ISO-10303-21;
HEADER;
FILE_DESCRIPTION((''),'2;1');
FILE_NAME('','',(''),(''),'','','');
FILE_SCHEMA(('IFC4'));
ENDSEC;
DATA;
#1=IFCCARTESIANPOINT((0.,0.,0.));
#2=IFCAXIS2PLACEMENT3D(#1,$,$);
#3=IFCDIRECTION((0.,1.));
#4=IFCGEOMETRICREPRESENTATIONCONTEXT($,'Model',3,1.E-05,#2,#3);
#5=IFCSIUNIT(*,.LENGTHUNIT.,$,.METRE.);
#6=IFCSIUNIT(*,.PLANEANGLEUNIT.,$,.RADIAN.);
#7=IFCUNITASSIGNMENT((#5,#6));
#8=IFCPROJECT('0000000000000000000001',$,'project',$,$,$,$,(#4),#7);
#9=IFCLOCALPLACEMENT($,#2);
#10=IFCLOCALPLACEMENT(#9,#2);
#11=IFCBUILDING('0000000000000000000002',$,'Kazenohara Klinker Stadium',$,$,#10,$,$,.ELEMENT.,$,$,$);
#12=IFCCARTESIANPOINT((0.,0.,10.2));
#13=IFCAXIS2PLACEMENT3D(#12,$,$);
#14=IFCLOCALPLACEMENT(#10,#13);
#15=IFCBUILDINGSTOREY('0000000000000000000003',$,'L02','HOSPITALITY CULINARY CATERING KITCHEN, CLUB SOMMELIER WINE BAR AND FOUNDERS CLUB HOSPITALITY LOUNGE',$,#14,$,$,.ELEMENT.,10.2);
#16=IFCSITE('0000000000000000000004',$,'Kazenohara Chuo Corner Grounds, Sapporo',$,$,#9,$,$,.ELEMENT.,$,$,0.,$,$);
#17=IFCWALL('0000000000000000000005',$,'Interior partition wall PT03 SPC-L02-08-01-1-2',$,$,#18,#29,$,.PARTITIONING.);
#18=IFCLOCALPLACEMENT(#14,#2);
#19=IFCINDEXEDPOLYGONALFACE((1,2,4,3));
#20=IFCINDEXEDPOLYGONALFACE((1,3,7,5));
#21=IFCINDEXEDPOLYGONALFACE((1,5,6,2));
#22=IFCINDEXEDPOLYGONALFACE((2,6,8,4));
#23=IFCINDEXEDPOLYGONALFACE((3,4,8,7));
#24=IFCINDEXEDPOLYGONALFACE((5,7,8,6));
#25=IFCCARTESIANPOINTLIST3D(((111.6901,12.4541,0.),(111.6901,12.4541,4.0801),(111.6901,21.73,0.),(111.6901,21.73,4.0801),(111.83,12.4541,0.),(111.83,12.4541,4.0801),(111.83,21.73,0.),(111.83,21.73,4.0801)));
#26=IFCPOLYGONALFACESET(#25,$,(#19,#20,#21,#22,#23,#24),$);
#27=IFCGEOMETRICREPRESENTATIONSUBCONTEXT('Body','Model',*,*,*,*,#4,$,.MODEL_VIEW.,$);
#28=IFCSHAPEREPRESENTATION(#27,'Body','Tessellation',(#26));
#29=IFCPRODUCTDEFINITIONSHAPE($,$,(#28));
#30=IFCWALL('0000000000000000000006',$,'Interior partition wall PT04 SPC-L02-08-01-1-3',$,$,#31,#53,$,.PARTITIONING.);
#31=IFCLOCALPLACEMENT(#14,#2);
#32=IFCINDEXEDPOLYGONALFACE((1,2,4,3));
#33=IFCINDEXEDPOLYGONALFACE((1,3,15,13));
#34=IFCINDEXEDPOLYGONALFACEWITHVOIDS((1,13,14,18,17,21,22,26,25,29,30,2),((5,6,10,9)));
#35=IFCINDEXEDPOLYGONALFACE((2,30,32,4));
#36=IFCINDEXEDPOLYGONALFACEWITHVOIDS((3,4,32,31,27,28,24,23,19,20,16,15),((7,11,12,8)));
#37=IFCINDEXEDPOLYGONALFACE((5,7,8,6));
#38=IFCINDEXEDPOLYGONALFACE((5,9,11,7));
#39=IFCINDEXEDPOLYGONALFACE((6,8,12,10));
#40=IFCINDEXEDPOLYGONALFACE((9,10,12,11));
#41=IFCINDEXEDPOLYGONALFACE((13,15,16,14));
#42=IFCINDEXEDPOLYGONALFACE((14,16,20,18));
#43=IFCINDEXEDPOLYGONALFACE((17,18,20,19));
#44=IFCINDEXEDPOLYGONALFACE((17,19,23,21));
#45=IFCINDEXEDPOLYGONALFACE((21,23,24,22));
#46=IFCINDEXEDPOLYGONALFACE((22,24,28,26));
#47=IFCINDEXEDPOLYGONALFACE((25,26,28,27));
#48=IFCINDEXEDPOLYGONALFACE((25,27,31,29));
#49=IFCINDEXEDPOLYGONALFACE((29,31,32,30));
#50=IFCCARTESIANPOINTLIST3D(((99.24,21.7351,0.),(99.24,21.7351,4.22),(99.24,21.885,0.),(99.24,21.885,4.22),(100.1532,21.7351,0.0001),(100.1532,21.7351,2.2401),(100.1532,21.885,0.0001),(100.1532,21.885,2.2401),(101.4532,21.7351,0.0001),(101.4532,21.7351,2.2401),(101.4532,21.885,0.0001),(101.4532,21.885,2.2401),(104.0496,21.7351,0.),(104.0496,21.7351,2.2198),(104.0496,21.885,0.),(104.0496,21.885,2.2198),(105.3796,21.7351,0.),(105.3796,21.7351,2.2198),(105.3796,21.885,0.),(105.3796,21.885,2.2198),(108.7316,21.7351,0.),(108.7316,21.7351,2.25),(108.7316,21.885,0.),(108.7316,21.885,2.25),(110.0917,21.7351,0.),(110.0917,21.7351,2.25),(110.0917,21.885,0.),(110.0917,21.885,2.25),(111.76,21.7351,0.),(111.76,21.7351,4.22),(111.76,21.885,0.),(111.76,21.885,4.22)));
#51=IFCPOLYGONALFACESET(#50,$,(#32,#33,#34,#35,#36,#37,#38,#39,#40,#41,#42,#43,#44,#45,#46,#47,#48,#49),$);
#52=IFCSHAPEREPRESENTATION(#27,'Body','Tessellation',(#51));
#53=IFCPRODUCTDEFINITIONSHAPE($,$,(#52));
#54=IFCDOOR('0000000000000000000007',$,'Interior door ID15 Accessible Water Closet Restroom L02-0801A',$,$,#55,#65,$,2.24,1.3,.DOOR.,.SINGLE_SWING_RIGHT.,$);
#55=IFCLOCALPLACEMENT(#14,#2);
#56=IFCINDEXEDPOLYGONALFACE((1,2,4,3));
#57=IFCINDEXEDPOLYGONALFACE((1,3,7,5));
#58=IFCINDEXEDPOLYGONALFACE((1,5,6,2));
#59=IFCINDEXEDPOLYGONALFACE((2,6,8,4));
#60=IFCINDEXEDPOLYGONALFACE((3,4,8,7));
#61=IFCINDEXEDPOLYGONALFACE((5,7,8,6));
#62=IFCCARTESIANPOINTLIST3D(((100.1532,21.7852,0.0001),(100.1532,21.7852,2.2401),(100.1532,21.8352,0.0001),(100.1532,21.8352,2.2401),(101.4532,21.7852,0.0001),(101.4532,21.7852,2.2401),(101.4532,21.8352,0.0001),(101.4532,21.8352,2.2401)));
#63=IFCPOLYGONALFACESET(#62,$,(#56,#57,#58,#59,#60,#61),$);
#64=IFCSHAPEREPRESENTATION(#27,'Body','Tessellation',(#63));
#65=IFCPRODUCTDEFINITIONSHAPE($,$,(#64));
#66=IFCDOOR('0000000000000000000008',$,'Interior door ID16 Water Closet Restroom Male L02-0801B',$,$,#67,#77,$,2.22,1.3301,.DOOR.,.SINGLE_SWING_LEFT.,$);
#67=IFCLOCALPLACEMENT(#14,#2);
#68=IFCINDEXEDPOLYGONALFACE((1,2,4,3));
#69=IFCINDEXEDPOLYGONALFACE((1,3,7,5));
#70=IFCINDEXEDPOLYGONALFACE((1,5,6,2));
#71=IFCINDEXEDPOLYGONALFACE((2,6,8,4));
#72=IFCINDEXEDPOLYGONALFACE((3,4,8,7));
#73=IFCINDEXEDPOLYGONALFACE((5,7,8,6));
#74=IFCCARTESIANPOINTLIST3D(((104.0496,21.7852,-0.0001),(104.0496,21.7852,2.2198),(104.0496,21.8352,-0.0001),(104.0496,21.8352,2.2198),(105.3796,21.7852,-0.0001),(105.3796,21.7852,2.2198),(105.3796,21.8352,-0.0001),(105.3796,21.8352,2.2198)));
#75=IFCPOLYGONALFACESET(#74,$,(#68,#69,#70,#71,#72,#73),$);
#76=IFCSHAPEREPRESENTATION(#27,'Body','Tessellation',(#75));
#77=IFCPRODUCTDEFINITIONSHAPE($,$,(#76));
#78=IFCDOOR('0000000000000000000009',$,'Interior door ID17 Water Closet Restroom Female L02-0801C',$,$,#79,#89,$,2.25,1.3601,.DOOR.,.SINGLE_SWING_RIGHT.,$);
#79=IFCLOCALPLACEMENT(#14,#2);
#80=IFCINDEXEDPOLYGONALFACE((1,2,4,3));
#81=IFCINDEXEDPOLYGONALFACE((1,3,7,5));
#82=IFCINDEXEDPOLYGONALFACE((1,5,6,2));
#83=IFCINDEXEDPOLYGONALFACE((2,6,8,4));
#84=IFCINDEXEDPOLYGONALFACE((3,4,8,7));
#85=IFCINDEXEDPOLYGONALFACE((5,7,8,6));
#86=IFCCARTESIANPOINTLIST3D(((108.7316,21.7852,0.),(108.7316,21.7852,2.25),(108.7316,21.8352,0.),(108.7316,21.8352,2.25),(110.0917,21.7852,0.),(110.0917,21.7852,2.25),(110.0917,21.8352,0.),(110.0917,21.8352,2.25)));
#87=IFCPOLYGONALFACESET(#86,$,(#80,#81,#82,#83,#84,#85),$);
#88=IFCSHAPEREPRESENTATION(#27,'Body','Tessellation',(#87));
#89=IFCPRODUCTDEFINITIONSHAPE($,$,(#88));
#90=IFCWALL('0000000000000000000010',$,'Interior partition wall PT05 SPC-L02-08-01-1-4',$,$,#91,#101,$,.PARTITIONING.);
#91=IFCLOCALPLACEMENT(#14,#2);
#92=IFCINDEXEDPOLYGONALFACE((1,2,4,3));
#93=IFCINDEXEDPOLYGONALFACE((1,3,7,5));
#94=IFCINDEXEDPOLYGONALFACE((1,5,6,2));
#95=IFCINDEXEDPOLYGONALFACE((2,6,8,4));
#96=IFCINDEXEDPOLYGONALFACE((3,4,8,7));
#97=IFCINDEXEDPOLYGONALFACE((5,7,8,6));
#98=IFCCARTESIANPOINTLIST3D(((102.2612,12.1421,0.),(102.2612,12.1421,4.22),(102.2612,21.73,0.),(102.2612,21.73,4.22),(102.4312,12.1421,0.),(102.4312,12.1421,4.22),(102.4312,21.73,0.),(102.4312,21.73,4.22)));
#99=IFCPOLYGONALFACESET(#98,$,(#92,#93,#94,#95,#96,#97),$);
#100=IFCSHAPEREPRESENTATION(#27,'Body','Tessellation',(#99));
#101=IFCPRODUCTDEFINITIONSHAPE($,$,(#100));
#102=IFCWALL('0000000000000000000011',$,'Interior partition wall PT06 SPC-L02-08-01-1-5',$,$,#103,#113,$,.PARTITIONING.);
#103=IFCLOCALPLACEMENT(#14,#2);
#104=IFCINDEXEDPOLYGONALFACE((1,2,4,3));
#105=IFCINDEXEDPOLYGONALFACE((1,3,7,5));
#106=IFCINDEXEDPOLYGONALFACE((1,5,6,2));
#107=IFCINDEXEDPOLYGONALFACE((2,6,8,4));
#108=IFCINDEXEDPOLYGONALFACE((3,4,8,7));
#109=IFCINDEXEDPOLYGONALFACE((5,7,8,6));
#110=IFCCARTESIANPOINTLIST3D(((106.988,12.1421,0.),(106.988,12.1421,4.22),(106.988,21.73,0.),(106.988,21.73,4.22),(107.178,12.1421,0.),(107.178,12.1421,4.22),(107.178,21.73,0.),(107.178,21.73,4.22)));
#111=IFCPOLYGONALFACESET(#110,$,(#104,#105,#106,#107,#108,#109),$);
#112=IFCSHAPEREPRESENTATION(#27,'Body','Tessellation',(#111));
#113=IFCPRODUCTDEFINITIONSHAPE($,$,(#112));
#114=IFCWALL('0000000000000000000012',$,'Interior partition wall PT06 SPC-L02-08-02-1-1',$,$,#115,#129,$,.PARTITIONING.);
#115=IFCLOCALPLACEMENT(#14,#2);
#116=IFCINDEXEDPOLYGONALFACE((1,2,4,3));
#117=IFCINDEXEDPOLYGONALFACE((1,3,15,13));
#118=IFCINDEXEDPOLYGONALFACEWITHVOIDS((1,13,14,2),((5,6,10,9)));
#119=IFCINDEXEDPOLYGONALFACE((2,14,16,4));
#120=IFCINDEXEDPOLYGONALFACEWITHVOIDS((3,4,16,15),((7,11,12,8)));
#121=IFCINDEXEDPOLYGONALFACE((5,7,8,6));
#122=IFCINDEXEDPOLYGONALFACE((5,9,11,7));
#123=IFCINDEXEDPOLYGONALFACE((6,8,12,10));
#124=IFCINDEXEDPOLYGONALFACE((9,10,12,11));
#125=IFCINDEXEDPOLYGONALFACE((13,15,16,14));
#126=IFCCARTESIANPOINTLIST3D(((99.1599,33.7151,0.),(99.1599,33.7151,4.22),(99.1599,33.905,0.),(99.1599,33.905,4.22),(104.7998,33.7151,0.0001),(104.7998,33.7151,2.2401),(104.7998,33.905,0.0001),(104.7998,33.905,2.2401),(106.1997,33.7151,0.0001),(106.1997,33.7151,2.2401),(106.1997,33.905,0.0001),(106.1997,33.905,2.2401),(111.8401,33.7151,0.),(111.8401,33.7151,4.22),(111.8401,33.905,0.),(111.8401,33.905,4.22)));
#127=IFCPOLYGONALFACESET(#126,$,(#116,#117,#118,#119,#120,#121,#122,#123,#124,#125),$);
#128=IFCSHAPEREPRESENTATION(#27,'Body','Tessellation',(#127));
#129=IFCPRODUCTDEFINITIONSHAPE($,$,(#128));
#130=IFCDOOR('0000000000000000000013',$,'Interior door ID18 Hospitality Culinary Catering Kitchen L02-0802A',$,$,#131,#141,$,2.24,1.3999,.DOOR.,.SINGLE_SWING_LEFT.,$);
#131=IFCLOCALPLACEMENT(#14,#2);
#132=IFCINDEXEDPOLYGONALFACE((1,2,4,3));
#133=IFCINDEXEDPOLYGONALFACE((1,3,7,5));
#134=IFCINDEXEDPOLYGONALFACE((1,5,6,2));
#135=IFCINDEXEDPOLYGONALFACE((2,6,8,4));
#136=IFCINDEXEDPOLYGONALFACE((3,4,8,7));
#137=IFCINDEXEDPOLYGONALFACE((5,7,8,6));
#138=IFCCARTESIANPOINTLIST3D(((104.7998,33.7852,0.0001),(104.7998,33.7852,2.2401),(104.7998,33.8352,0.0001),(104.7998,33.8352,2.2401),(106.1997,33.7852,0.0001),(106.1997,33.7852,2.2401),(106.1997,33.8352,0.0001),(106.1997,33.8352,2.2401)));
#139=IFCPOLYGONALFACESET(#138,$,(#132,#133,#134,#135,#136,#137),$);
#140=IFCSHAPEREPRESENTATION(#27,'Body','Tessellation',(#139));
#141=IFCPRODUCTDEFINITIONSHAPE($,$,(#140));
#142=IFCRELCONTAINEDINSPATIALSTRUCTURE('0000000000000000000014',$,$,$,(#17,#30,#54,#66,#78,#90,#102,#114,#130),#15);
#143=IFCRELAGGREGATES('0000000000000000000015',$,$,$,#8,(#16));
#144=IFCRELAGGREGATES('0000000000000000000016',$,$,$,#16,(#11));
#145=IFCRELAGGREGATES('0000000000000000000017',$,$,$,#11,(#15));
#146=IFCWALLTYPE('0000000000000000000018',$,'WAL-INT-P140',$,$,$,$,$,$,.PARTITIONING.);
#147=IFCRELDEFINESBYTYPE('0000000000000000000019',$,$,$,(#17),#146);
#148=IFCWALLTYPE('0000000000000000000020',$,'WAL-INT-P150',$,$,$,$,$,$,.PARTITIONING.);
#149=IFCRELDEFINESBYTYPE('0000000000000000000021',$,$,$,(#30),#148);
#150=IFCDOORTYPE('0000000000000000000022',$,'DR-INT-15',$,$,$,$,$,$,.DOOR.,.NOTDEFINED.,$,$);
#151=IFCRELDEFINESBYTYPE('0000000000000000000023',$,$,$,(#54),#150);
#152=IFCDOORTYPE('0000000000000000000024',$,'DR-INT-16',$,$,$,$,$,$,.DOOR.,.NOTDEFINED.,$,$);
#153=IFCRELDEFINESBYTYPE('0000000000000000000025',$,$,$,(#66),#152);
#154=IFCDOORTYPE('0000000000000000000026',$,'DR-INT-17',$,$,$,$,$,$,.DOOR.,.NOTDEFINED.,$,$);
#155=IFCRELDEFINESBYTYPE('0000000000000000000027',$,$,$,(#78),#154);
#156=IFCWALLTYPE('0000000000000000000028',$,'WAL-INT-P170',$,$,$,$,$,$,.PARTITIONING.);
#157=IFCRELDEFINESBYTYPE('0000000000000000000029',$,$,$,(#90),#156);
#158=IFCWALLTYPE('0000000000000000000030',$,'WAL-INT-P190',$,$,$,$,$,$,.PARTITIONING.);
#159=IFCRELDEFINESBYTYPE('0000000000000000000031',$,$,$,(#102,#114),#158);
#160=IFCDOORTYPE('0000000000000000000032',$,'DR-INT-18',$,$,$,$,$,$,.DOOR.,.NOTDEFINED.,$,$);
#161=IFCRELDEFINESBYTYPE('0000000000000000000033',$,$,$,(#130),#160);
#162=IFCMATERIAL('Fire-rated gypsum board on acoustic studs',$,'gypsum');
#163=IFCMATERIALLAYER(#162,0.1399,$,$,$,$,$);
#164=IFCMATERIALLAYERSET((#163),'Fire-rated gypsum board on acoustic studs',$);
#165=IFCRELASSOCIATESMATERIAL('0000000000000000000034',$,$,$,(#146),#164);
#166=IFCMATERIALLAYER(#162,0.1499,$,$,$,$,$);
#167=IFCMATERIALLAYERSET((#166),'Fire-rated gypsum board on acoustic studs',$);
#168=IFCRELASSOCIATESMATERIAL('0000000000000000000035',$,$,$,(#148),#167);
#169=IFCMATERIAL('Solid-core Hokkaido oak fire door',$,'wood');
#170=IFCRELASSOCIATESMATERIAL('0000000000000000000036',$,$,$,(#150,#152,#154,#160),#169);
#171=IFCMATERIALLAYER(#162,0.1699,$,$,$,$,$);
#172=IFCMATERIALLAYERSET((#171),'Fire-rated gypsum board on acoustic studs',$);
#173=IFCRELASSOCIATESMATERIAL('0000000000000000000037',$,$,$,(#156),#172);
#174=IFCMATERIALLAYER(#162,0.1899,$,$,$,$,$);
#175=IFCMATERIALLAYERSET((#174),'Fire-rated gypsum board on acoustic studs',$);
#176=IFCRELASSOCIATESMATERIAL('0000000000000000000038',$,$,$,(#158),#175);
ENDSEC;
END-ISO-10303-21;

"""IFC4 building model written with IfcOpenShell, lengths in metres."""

from ifc_helpers import new_model, si_unit, direction, frame, frame_2d, origin, place, context, subcontext, project, spatial, rectangle, extrude, material, layer, layer_set, type_object, element, fill, save


model = new_model("IFC4")

# Units and contexts
model_context = context("Model", 3, precision=1e-05, world=origin(), true_north=direction((0.0, 1.0)))
body_context = subcontext(model_context, "Body", "Model", "MODEL_VIEW")
ifc_project = project(units=[si_unit("LENGTHUNIT", "METRE"), si_unit("PLANEANGLEUNIT", "RADIAN")], contexts=[model_context])

# Site, building, storey
site_placement = place(None, origin())
site = spatial("IfcSite", under=ifc_project, at=site_placement, Name="Kazenohara Chuo Corner Grounds, Sapporo", CompositionType="ELEMENT", RefElevation=0.0)
building_placement = place(site_placement, origin())
building = spatial("IfcBuilding", under=site, at=building_placement, Name="Kazenohara Klinker Stadium", CompositionType="ELEMENT")
storey_placement = place(building_placement, frame((0.0, 0.0, 10.2)))
storey = spatial("IfcBuildingStorey", under=building, at=storey_placement, Name="L02", Description="HOSPITALITY CULINARY CATERING KITCHEN, CLUB SOMMELIER WINE BAR AND FOUNDERS CLUB HOSPITALITY LOUNGE", CompositionType="ELEMENT", Elevation=10.2)

# Wall
ifc_material_1 = material(Name="Fire-rated gypsum board on acoustic studs", Category="gypsum")
ifc_layer_1 = layer(ifc_material_1, 0.1399)
ifc_layer_set_1 = layer_set([ifc_layer_1], Name="Fire-rated gypsum board on acoustic studs")
wall_type_1 = type_object("IfcWallType", Name="WAL-INT-P140", PredefinedType="PARTITIONING", material=ifc_layer_set_1)
wall_1_placement = place(storey_placement, frame((111.76, 12.4541, 0.0), z_axis=(0.0, 0.0, 1.0), x_axis=(0.0, 1.0, 0.0)))
element("IfcWall", 1, at=wall_1_placement, inside=storey, type_object=wall_type_1, Name="Interior partition wall PT03 SPC-L02-08-01-1-2", PredefinedType="PARTITIONING", context=body_context, shape_type="SweptSolid", body=[
    extrude(rectangle(XDim=9.2759, YDim=0.1399, at=frame_2d((4.6379, 0.0))), origin(), (0.0, 0.0, 1.0), 4.0801),
])

# Wall, openings, doors
ifc_layer_2 = layer(ifc_material_1, 0.1499)
ifc_layer_set_2 = layer_set([ifc_layer_2], Name="Fire-rated gypsum board on acoustic studs")
wall_type_2 = type_object("IfcWallType", Name="WAL-INT-P150", PredefinedType="PARTITIONING", material=ifc_layer_set_2)
wall_2_placement = place(storey_placement, frame((99.24, 21.8101, 0.0), z_axis=(0.0, 0.0, 1.0), x_axis=(1.0, 0.0, 0.0)))
wall_2 = element("IfcWall", 2, at=wall_2_placement, inside=storey, type_object=wall_type_2, Name="Interior partition wall PT04 SPC-L02-08-01-1-3", PredefinedType="PARTITIONING", context=body_context, shape_type="SweptSolid", body=[
    extrude(rectangle(XDim=12.52, YDim=0.1499, at=frame_2d((6.26, 0.0))), origin(), (0.0, 0.0, 1.0), 4.22),
])
opening_1_placement = place(wall_2_placement, frame((2.2131, 0.0, 0.0), z_axis=(0.0, 0.0, 1.0), x_axis=(-1.0, 0.0, 0.0)))
opening_1 = element("IfcOpeningElement", 3, at=opening_1_placement, cuts=wall_2, PredefinedType="OPENING", context=body_context, shape_type="SweptSolid", body=[
    extrude(rectangle(XDim=1.3, YDim=2.24, at=frame_2d((0.6499, 1.1201))), frame((0.0, 0.085, 0.0), z_axis=(0.0, -1.0, 0.0), x_axis=(1.0, 0.0, 0.0)), (0.0, 0.0, 1.0), 0.1699),
])
opening_2_placement = place(wall_2_placement, frame((6.1396, 0.0, 0.0), z_axis=(0.0, 0.0, 1.0), x_axis=(-1.0, 0.0, 0.0)))
opening_2 = element("IfcOpeningElement", 4, at=opening_2_placement, cuts=wall_2, PredefinedType="OPENING", context=body_context, shape_type="SweptSolid", body=[
    extrude(rectangle(XDim=1.3301, YDim=2.22, at=frame_2d((0.665, 1.1099))), frame((0.0, 0.085, 0.0), z_axis=(0.0, -1.0, 0.0), x_axis=(1.0, 0.0, 0.0)), (0.0, 0.0, 1.0), 0.1699),
])
opening_3_placement = place(wall_2_placement, frame((10.8518, 0.0, 0.0), z_axis=(0.0, 0.0, 1.0), x_axis=(-1.0, 0.0, 0.0)))
opening_3 = element("IfcOpeningElement", 5, at=opening_3_placement, cuts=wall_2, PredefinedType="OPENING", context=body_context, shape_type="SweptSolid", body=[
    extrude(rectangle(XDim=1.3601, YDim=2.25, at=frame_2d((0.6802, 1.125))), frame((0.0, 0.085, 0.0), z_axis=(0.0, -1.0, 0.0), x_axis=(1.0, 0.0, 0.0)), (0.0, 0.0, 1.0), 0.1699),
])
ifc_material_2 = material(Name="Solid-core Hokkaido oak fire door", Category="wood")
door_type_1 = type_object("IfcDoorType", Name="DR-INT-15", OperationType="NOTDEFINED", PredefinedType="DOOR", material=ifc_material_2)
door_1_placement = place(opening_1_placement, origin())
door_1 = element("IfcDoor", 6, at=door_1_placement, inside=storey, type_object=door_type_1, Name="Interior door ID15 Accessible Water Closet Restroom L02-0801A", OperationType="SINGLE_SWING_RIGHT", OverallHeight=2.24, OverallWidth=1.3, PredefinedType="DOOR", context=body_context, shape_type="SweptSolid", body=[
    extrude(rectangle(XDim=1.3, YDim=2.24, at=frame_2d((0.6499, 1.1201))), frame((0.0, 0.0249, 0.0), z_axis=(0.0, -1.0, 0.0), x_axis=(1.0, 0.0, 0.0)), (0.0, 0.0, 1.0), 0.05),
])
fill(opening_1, door_1)
door_type_2 = type_object("IfcDoorType", Name="DR-INT-16", OperationType="NOTDEFINED", PredefinedType="DOOR", material=ifc_material_2)
door_2_placement = place(opening_2_placement, origin())
door_2 = element("IfcDoor", 7, at=door_2_placement, inside=storey, type_object=door_type_2, Name="Interior door ID16 Water Closet Restroom Male L02-0801B", OperationType="SINGLE_SWING_LEFT", OverallHeight=2.22, OverallWidth=1.3301, PredefinedType="DOOR", context=body_context, shape_type="SweptSolid", body=[
    extrude(rectangle(XDim=1.3301, YDim=2.22, at=frame_2d((0.665, 1.1099))), frame((0.0, 0.0249, 0.0), z_axis=(0.0, -1.0, 0.0), x_axis=(1.0, 0.0, 0.0)), (0.0, 0.0, 1.0), 0.05),
])
fill(opening_2, door_2)
door_type_3 = type_object("IfcDoorType", Name="DR-INT-17", OperationType="NOTDEFINED", PredefinedType="DOOR", material=ifc_material_2)
door_3_placement = place(opening_3_placement, origin())
door_3 = element("IfcDoor", 8, at=door_3_placement, inside=storey, type_object=door_type_3, Name="Interior door ID17 Water Closet Restroom Female L02-0801C", OperationType="SINGLE_SWING_RIGHT", OverallHeight=2.25, OverallWidth=1.3601, PredefinedType="DOOR", context=body_context, shape_type="SweptSolid", body=[
    extrude(rectangle(XDim=1.3601, YDim=2.25, at=frame_2d((0.6802, 1.125))), frame((0.0, 0.0249, 0.0), z_axis=(0.0, -1.0, 0.0), x_axis=(1.0, 0.0, 0.0)), (0.0, 0.0, 1.0), 0.05),
])
fill(opening_3, door_3)

# Walls
ifc_layer_3 = layer(ifc_material_1, 0.1699)
ifc_layer_set_3 = layer_set([ifc_layer_3], Name="Fire-rated gypsum board on acoustic studs")
wall_type_3 = type_object("IfcWallType", Name="WAL-INT-P170", PredefinedType="PARTITIONING", material=ifc_layer_set_3)
wall_3_placement = place(storey_placement, frame((102.3462, 12.1421, 0.0), z_axis=(0.0, 0.0, 1.0), x_axis=(0.0, 1.0, 0.0)))
element("IfcWall", 9, at=wall_3_placement, inside=storey, type_object=wall_type_3, Name="Interior partition wall PT05 SPC-L02-08-01-1-4", PredefinedType="PARTITIONING", context=body_context, shape_type="SweptSolid", body=[
    extrude(rectangle(XDim=9.5879, YDim=0.1699, at=frame_2d((4.7939, 0.0))), origin(), (0.0, 0.0, 1.0), 4.22),
])
ifc_layer_4 = layer(ifc_material_1, 0.1899)
ifc_layer_set_4 = layer_set([ifc_layer_4], Name="Fire-rated gypsum board on acoustic studs")
wall_type_4 = type_object("IfcWallType", Name="WAL-INT-P190", PredefinedType="PARTITIONING", material=ifc_layer_set_4)
wall_4_placement = place(storey_placement, frame((107.083, 12.1421, 0.0), z_axis=(0.0, 0.0, 1.0), x_axis=(0.0, 1.0, 0.0)))
element("IfcWall", 10, at=wall_4_placement, inside=storey, type_object=wall_type_4, Name="Interior partition wall PT06 SPC-L02-08-01-1-5", PredefinedType="PARTITIONING", context=body_context, shape_type="SweptSolid", body=[
    extrude(rectangle(XDim=9.5879, YDim=0.1899, at=frame_2d((4.7939, 0.0))), origin(), (0.0, 0.0, 1.0), 4.22),
])

# Wall, opening, door
wall_5_placement = place(storey_placement, frame((99.1599, 33.8101, 0.0), z_axis=(0.0, 0.0, 1.0), x_axis=(1.0, 0.0, 0.0)))
wall_5 = element("IfcWall", 11, at=wall_5_placement, inside=storey, type_object=wall_type_4, Name="Interior partition wall PT06 SPC-L02-08-02-1-1", PredefinedType="PARTITIONING", context=body_context, shape_type="SweptSolid", body=[
    extrude(rectangle(XDim=12.6802, YDim=0.1899, at=frame_2d((6.3401, 0.0))), origin(), (0.0, 0.0, 1.0), 4.22),
])
opening_4_placement = place(wall_5_placement, frame((7.0398, 0.0, 0.0), z_axis=(0.0, 0.0, 1.0), x_axis=(-1.0, 0.0, 0.0)))
opening_4 = element("IfcOpeningElement", 12, at=opening_4_placement, cuts=wall_5, PredefinedType="OPENING", context=body_context, shape_type="SweptSolid", body=[
    extrude(rectangle(XDim=1.3999, YDim=2.24, at=frame_2d((0.7, 1.1201))), frame((0.0, 0.105, 0.0), z_axis=(0.0, -1.0, 0.0), x_axis=(1.0, 0.0, 0.0)), (0.0, 0.0, 1.0), 0.21),
])
door_type_4 = type_object("IfcDoorType", Name="DR-INT-18", OperationType="NOTDEFINED", PredefinedType="DOOR", material=ifc_material_2)
door_4_placement = place(opening_4_placement, origin())
door_4 = element("IfcDoor", 13, at=door_4_placement, inside=storey, type_object=door_type_4, Name="Interior door ID18 Hospitality Culinary Catering Kitchen L02-0802A", OperationType="SINGLE_SWING_LEFT", OverallHeight=2.24, OverallWidth=1.3999, PredefinedType="DOOR", context=body_context, shape_type="SweptSolid", body=[
    extrude(rectangle(XDim=1.3999, YDim=2.24, at=frame_2d((0.7, 1.1201))), frame((0.0, 0.0249, 0.0), z_axis=(0.0, -1.0, 0.0), x_axis=(1.0, 0.0, 0.0)), (0.0, 0.0, 1.0), 0.05),
])
fill(opening_4, door_4)

save(model, "model.ifc")
